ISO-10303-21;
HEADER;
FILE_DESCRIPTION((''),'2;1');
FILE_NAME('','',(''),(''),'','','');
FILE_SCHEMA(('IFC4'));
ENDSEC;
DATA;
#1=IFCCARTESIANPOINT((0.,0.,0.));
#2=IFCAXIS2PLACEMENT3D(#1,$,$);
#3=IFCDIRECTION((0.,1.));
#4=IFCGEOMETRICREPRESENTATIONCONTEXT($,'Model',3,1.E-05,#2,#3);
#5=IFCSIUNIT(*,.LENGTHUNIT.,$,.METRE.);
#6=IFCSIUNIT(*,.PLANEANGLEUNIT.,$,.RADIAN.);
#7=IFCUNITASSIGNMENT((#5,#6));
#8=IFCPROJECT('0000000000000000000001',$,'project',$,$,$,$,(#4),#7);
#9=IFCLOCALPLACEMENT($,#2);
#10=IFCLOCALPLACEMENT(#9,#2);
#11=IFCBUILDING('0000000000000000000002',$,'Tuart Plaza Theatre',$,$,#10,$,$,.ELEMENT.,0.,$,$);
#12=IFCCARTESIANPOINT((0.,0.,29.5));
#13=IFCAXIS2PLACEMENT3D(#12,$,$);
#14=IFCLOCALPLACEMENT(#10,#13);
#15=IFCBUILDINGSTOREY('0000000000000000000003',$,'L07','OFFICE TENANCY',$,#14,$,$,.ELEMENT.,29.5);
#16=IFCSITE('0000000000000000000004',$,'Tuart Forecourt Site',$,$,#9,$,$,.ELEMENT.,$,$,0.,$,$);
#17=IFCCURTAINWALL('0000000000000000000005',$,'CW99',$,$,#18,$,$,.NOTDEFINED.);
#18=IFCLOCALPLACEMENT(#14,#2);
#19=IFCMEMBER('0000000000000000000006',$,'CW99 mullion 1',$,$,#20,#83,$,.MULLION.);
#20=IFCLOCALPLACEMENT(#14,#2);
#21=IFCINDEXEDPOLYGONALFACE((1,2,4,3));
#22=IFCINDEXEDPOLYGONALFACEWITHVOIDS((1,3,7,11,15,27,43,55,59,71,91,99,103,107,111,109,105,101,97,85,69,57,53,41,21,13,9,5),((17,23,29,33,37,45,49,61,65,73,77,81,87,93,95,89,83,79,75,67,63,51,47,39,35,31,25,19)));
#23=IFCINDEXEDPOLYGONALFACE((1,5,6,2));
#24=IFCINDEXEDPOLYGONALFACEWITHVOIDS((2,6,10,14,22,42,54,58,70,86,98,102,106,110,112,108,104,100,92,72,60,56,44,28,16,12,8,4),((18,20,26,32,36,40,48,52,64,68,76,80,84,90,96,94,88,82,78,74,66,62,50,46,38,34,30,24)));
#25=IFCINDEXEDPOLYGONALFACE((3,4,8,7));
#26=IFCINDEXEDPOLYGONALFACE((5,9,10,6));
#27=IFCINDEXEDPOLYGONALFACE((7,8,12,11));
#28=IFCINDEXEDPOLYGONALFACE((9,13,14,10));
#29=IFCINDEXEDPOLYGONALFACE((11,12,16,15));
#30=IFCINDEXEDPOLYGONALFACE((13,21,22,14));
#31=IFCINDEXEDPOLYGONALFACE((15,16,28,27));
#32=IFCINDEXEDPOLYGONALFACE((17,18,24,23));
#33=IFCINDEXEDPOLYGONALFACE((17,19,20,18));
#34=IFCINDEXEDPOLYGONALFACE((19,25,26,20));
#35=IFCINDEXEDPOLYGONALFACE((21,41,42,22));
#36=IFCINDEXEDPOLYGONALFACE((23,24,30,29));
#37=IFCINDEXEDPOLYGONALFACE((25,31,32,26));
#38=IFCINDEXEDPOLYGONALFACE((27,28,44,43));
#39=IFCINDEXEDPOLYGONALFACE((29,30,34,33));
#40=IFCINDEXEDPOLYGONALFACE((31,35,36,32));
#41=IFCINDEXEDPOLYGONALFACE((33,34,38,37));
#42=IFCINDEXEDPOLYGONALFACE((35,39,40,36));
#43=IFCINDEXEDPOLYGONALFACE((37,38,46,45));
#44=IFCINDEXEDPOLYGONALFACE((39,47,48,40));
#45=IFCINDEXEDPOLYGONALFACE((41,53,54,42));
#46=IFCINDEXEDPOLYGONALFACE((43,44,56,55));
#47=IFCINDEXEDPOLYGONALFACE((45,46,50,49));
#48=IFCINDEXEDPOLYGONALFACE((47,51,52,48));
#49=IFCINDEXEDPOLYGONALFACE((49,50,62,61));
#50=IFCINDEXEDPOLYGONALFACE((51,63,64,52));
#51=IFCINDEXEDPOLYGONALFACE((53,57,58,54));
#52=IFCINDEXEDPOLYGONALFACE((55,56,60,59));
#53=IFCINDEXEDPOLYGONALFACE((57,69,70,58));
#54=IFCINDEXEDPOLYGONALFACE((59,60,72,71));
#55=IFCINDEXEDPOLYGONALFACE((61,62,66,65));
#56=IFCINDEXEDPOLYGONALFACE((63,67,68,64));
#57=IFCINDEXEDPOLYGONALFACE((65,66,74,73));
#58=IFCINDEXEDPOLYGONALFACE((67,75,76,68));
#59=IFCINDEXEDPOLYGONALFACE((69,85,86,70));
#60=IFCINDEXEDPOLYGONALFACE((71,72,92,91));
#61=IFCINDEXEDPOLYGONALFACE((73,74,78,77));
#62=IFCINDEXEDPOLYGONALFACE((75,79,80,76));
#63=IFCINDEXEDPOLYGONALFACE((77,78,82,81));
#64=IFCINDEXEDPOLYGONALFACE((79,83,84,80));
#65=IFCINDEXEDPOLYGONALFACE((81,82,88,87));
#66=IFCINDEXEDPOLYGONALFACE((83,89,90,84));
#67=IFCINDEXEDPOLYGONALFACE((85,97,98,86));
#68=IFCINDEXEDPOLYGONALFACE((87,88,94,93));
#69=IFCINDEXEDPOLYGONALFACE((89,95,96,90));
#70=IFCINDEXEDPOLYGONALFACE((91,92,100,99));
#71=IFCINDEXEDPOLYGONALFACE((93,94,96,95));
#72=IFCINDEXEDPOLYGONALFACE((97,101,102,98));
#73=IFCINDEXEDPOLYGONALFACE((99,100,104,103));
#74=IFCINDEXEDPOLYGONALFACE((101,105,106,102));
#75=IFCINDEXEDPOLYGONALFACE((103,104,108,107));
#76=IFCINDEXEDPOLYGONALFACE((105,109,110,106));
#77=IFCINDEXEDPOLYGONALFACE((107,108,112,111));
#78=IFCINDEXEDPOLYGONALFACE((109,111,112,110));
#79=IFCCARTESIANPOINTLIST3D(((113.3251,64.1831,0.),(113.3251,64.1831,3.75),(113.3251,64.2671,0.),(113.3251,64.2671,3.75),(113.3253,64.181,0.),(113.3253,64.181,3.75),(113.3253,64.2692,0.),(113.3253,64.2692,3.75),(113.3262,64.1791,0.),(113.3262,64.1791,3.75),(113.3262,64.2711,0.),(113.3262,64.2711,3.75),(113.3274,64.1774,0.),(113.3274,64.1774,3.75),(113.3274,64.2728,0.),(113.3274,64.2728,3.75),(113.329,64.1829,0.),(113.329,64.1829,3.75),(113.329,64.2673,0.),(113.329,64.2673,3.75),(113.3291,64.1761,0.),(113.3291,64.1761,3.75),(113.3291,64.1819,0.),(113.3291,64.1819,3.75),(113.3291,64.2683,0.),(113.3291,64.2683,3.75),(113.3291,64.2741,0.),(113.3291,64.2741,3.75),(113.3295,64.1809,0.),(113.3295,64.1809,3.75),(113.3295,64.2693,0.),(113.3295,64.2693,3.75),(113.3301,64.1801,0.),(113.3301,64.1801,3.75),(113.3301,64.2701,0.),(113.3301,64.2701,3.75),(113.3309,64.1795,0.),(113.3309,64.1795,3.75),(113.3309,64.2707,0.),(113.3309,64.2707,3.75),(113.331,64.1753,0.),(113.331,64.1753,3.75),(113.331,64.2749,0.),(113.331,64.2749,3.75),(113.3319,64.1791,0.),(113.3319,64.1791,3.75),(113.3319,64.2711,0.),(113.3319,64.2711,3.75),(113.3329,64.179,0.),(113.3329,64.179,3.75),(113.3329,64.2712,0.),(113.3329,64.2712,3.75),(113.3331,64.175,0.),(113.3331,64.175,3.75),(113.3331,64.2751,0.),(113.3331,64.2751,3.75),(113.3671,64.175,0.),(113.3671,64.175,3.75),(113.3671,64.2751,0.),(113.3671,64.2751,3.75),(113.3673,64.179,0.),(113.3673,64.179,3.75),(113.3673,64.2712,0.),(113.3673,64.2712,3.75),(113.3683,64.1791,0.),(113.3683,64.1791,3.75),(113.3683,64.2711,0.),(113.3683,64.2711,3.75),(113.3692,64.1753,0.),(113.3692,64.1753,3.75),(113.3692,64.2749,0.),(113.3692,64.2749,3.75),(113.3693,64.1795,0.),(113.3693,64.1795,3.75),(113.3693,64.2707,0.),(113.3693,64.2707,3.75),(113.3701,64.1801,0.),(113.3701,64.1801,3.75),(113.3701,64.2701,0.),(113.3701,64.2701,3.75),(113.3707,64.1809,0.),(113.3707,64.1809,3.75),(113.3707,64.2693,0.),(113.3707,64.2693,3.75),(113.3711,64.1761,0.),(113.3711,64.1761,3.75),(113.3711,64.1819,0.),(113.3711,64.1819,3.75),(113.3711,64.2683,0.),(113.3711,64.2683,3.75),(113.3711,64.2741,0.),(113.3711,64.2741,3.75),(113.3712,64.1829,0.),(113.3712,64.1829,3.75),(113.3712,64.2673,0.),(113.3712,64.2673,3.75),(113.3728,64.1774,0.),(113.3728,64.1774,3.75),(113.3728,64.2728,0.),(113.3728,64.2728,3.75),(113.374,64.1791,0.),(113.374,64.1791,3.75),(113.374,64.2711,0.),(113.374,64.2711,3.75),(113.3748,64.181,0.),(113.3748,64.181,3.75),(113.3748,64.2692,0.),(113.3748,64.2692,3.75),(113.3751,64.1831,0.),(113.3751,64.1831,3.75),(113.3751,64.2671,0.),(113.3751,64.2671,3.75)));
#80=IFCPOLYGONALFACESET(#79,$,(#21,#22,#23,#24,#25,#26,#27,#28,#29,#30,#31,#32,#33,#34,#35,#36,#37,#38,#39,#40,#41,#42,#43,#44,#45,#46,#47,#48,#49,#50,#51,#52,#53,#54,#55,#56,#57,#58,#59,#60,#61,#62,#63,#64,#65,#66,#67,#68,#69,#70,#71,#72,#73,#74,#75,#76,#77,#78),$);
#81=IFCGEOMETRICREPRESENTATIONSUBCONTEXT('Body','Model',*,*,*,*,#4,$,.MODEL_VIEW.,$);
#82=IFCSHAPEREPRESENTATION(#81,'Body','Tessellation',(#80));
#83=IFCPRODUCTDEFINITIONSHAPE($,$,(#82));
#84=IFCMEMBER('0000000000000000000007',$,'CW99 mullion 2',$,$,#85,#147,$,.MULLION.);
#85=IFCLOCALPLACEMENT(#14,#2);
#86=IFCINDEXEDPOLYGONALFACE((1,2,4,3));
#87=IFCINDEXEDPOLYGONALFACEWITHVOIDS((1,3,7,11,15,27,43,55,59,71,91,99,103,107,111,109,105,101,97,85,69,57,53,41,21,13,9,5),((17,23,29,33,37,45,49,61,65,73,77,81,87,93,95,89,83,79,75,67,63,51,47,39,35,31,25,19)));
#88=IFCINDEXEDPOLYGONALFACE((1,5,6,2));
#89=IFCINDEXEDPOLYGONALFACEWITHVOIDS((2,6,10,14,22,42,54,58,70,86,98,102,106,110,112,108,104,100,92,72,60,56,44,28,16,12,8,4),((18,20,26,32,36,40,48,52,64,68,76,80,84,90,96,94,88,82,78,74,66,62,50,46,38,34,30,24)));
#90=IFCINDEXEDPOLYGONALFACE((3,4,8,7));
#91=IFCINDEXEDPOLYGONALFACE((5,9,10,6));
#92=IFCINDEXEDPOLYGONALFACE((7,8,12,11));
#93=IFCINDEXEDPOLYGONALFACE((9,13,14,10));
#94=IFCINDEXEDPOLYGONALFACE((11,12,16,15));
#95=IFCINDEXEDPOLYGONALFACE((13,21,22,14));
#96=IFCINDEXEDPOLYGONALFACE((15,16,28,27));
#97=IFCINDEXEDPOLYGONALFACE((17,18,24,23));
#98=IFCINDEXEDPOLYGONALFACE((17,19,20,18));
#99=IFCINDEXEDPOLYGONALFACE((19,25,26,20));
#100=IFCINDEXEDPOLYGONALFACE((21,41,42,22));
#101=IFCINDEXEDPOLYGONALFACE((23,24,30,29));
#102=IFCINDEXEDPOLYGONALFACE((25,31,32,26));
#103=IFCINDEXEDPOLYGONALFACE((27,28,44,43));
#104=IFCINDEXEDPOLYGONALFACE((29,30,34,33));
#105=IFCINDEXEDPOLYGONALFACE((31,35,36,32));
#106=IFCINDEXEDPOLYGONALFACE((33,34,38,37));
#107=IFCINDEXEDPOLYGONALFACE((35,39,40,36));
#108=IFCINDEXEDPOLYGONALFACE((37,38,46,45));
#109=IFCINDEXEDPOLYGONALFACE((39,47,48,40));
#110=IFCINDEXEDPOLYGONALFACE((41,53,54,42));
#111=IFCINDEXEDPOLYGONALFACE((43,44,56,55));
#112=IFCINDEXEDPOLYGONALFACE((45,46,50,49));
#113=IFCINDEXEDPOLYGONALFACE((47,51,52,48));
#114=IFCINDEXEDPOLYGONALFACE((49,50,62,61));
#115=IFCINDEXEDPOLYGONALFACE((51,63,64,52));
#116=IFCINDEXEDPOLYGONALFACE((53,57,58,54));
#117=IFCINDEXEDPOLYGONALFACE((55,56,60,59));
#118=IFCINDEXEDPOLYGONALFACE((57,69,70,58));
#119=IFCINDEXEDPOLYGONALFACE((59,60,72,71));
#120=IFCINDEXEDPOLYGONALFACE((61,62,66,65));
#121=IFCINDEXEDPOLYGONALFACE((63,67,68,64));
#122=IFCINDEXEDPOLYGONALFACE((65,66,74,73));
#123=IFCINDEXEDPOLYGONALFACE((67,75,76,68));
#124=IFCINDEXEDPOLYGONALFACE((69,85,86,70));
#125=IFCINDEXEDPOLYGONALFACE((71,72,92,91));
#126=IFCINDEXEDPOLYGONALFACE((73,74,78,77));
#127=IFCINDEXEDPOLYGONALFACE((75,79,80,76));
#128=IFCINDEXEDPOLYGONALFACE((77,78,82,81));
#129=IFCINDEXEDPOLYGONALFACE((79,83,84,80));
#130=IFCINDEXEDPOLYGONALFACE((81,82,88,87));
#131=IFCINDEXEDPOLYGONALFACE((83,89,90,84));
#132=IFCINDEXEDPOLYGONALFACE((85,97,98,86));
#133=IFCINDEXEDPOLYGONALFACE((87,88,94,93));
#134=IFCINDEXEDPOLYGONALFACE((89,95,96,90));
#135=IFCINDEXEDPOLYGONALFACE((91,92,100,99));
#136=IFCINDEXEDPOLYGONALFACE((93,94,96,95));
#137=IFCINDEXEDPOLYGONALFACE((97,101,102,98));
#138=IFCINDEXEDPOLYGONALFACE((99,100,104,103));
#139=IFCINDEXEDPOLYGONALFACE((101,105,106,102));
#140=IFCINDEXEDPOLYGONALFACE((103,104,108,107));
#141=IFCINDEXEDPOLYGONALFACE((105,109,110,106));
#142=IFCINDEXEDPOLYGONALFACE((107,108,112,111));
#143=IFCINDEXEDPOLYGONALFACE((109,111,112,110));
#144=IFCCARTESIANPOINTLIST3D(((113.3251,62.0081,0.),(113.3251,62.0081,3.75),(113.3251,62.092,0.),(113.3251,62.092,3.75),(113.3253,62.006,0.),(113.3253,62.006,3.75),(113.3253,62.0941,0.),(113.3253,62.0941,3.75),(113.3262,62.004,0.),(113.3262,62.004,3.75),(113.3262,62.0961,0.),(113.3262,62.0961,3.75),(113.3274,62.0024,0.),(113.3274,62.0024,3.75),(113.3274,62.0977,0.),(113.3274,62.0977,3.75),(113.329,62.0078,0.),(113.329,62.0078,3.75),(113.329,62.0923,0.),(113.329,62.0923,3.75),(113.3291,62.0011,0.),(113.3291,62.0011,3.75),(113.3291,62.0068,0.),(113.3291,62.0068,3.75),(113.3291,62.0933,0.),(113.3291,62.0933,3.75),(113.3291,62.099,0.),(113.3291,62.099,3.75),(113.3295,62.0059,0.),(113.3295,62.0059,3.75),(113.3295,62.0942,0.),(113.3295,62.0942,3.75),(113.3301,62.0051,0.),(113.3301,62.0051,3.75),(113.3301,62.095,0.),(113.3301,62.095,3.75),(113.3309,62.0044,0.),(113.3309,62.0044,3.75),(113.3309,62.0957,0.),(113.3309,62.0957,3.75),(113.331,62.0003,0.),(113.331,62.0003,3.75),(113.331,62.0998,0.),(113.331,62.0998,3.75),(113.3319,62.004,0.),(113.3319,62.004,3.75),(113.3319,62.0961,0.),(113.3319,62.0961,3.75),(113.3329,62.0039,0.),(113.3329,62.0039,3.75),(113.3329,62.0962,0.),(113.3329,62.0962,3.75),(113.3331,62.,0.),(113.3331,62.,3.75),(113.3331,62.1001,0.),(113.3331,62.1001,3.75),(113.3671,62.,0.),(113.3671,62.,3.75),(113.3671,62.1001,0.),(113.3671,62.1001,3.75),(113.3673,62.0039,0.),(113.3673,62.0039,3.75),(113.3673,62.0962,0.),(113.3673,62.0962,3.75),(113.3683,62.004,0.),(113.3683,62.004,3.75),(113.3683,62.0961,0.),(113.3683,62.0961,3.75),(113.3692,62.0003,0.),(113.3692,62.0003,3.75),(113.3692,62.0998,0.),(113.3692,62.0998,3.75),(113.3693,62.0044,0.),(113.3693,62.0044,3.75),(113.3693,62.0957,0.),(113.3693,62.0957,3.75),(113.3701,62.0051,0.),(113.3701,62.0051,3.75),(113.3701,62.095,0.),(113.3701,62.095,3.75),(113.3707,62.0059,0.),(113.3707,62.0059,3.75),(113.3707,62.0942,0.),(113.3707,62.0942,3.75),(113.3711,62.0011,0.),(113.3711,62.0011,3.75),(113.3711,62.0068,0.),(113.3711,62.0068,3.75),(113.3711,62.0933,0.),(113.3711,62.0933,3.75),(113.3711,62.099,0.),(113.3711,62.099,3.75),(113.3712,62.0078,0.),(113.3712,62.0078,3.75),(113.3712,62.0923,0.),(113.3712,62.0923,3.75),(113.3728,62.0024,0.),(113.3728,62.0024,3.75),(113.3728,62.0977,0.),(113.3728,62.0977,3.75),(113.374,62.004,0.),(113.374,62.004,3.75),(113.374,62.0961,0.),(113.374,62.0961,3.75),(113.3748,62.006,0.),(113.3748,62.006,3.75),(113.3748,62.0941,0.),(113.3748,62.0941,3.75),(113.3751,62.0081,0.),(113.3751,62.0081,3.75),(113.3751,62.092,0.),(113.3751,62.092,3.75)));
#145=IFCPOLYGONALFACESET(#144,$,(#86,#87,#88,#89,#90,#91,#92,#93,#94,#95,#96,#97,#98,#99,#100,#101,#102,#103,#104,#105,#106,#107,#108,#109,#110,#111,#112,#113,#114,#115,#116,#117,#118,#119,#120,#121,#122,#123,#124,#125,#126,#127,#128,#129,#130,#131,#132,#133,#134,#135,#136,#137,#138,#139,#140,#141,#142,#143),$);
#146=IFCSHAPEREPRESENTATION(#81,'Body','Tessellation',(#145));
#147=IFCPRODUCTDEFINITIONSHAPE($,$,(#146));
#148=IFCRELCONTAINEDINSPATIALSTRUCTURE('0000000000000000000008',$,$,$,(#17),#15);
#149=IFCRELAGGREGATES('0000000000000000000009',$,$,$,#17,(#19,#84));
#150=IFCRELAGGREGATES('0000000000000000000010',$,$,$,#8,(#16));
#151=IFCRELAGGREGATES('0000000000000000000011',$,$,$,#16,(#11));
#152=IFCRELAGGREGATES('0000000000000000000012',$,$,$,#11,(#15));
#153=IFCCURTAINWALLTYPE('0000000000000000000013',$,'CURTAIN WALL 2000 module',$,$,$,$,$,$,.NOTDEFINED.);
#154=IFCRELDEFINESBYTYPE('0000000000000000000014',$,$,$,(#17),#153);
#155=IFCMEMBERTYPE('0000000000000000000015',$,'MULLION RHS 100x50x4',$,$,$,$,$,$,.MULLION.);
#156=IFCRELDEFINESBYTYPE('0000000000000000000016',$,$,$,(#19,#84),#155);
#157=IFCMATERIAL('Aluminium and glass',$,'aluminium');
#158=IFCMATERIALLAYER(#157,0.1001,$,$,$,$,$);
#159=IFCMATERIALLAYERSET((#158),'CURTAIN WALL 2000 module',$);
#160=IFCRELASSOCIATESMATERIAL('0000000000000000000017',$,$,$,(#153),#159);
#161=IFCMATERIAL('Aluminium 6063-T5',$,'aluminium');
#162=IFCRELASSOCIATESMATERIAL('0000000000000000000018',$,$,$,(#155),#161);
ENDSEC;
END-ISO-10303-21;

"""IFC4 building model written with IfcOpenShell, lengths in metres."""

from ifc_helpers import new_model, si_unit, direction, frame, origin, origin_2d, place, context, subcontext, project, spatial, hollow_rectangle, extrude, material, layer, layer_set, material_profile, profile_set, type_object, element, aggregate, save


model = new_model("IFC4")

# Units and contexts
model_context = context("Model", 3, precision=1e-05, world=origin(), true_north=direction((0.0, 1.0)))
body_context = subcontext(model_context, "Body", "Model", "MODEL_VIEW")
ifc_project = project(units=[si_unit("LENGTHUNIT", "METRE"), si_unit("PLANEANGLEUNIT", "RADIAN")], contexts=[model_context])

# Site, building, storey
site_placement = place(None, origin())
site = spatial("IfcSite", under=ifc_project, at=site_placement, Name="Tuart Forecourt Site", CompositionType="ELEMENT", RefElevation=0.0)
building_placement = place(site_placement, origin())
building = spatial("IfcBuilding", under=site, at=building_placement, Name="Tuart Plaza Theatre", CompositionType="ELEMENT", ElevationOfRefHeight=0.0)
storey_placement = place(building_placement, frame((0.0, 0.0, 29.5)))
storey = spatial("IfcBuildingStorey", under=building, at=storey_placement, Name="L07", Description="OFFICE TENANCY", CompositionType="ELEMENT", Elevation=29.5)

# Curtain wall, members
ifc_material_1 = material(Name="Aluminium and glass", Category="aluminium")
ifc_layer_1 = layer(ifc_material_1, 0.1001)
ifc_layer_set_1 = layer_set([ifc_layer_1], Name="CURTAIN WALL 2000 module")
curtain_wall_type = type_object("IfcCurtainWallType", Name="CURTAIN WALL 2000 module", PredefinedType="NOTDEFINED", material=ifc_layer_set_1)
ifc_material_2 = material(Name="Aluminium 6063-T5", Category="aluminium")
ifc_material_profile_1 = material_profile(ifc_material_2, hollow_rectangle(XDim=0.05, YDim=0.1001, WallThickness=0.0039, InnerFilletRadius=0.0039, OuterFilletRadius=0.0081, at=origin_2d()), Name="RHS 100x50x4")
ifc_profile_set_1 = profile_set([ifc_material_profile_1], Name="Aluminium 6063-T5")
member_type_1 = type_object("IfcMemberType", Name="MULLION RHS 100x50x4", PredefinedType="MULLION", material=ifc_profile_set_1)
curtain_wall_1_placement = place(storey_placement, origin())
curtain_wall_1 = element("IfcCurtainWall", 1, at=curtain_wall_1_placement, inside=storey, type_object=curtain_wall_type, Name="CW99", PredefinedType="NOTDEFINED")
member_1_placement = place(storey_placement, frame((113.3501, 64.2251, 0.0), z_axis=(0.0, 0.0, 1.0), x_axis=(1.0, 0.0, 0.0)))
member_1 = element("IfcMember", 2, at=member_1_placement, type_object=member_type_1, Name="CW99 mullion 1", PredefinedType="MULLION", context=body_context, shape_type="SweptSolid", body=[
    extrude(hollow_rectangle(XDim=0.05, YDim=0.1001, WallThickness=0.0039, InnerFilletRadius=0.0039, OuterFilletRadius=0.0081, at=origin_2d()), origin(), (0.0, 0.0, 1.0), 3.75),
])
member_2_placement = place(storey_placement, frame((113.3501, 62.05, 0.0), z_axis=(0.0, 0.0, 1.0), x_axis=(1.0, 0.0, 0.0)))
member_2 = element("IfcMember", 3, at=member_2_placement, type_object=member_type_1, Name="CW99 mullion 2", PredefinedType="MULLION", context=body_context, shape_type="SweptSolid", body=[
    extrude(hollow_rectangle(XDim=0.05, YDim=0.1001, WallThickness=0.0039, InnerFilletRadius=0.0039, OuterFilletRadius=0.0081, at=origin_2d()), origin(), (0.0, 0.0, 1.0), 3.75),
])

aggregate(curtain_wall_1, [member_1, member_2])

save(model, "model.ifc")
